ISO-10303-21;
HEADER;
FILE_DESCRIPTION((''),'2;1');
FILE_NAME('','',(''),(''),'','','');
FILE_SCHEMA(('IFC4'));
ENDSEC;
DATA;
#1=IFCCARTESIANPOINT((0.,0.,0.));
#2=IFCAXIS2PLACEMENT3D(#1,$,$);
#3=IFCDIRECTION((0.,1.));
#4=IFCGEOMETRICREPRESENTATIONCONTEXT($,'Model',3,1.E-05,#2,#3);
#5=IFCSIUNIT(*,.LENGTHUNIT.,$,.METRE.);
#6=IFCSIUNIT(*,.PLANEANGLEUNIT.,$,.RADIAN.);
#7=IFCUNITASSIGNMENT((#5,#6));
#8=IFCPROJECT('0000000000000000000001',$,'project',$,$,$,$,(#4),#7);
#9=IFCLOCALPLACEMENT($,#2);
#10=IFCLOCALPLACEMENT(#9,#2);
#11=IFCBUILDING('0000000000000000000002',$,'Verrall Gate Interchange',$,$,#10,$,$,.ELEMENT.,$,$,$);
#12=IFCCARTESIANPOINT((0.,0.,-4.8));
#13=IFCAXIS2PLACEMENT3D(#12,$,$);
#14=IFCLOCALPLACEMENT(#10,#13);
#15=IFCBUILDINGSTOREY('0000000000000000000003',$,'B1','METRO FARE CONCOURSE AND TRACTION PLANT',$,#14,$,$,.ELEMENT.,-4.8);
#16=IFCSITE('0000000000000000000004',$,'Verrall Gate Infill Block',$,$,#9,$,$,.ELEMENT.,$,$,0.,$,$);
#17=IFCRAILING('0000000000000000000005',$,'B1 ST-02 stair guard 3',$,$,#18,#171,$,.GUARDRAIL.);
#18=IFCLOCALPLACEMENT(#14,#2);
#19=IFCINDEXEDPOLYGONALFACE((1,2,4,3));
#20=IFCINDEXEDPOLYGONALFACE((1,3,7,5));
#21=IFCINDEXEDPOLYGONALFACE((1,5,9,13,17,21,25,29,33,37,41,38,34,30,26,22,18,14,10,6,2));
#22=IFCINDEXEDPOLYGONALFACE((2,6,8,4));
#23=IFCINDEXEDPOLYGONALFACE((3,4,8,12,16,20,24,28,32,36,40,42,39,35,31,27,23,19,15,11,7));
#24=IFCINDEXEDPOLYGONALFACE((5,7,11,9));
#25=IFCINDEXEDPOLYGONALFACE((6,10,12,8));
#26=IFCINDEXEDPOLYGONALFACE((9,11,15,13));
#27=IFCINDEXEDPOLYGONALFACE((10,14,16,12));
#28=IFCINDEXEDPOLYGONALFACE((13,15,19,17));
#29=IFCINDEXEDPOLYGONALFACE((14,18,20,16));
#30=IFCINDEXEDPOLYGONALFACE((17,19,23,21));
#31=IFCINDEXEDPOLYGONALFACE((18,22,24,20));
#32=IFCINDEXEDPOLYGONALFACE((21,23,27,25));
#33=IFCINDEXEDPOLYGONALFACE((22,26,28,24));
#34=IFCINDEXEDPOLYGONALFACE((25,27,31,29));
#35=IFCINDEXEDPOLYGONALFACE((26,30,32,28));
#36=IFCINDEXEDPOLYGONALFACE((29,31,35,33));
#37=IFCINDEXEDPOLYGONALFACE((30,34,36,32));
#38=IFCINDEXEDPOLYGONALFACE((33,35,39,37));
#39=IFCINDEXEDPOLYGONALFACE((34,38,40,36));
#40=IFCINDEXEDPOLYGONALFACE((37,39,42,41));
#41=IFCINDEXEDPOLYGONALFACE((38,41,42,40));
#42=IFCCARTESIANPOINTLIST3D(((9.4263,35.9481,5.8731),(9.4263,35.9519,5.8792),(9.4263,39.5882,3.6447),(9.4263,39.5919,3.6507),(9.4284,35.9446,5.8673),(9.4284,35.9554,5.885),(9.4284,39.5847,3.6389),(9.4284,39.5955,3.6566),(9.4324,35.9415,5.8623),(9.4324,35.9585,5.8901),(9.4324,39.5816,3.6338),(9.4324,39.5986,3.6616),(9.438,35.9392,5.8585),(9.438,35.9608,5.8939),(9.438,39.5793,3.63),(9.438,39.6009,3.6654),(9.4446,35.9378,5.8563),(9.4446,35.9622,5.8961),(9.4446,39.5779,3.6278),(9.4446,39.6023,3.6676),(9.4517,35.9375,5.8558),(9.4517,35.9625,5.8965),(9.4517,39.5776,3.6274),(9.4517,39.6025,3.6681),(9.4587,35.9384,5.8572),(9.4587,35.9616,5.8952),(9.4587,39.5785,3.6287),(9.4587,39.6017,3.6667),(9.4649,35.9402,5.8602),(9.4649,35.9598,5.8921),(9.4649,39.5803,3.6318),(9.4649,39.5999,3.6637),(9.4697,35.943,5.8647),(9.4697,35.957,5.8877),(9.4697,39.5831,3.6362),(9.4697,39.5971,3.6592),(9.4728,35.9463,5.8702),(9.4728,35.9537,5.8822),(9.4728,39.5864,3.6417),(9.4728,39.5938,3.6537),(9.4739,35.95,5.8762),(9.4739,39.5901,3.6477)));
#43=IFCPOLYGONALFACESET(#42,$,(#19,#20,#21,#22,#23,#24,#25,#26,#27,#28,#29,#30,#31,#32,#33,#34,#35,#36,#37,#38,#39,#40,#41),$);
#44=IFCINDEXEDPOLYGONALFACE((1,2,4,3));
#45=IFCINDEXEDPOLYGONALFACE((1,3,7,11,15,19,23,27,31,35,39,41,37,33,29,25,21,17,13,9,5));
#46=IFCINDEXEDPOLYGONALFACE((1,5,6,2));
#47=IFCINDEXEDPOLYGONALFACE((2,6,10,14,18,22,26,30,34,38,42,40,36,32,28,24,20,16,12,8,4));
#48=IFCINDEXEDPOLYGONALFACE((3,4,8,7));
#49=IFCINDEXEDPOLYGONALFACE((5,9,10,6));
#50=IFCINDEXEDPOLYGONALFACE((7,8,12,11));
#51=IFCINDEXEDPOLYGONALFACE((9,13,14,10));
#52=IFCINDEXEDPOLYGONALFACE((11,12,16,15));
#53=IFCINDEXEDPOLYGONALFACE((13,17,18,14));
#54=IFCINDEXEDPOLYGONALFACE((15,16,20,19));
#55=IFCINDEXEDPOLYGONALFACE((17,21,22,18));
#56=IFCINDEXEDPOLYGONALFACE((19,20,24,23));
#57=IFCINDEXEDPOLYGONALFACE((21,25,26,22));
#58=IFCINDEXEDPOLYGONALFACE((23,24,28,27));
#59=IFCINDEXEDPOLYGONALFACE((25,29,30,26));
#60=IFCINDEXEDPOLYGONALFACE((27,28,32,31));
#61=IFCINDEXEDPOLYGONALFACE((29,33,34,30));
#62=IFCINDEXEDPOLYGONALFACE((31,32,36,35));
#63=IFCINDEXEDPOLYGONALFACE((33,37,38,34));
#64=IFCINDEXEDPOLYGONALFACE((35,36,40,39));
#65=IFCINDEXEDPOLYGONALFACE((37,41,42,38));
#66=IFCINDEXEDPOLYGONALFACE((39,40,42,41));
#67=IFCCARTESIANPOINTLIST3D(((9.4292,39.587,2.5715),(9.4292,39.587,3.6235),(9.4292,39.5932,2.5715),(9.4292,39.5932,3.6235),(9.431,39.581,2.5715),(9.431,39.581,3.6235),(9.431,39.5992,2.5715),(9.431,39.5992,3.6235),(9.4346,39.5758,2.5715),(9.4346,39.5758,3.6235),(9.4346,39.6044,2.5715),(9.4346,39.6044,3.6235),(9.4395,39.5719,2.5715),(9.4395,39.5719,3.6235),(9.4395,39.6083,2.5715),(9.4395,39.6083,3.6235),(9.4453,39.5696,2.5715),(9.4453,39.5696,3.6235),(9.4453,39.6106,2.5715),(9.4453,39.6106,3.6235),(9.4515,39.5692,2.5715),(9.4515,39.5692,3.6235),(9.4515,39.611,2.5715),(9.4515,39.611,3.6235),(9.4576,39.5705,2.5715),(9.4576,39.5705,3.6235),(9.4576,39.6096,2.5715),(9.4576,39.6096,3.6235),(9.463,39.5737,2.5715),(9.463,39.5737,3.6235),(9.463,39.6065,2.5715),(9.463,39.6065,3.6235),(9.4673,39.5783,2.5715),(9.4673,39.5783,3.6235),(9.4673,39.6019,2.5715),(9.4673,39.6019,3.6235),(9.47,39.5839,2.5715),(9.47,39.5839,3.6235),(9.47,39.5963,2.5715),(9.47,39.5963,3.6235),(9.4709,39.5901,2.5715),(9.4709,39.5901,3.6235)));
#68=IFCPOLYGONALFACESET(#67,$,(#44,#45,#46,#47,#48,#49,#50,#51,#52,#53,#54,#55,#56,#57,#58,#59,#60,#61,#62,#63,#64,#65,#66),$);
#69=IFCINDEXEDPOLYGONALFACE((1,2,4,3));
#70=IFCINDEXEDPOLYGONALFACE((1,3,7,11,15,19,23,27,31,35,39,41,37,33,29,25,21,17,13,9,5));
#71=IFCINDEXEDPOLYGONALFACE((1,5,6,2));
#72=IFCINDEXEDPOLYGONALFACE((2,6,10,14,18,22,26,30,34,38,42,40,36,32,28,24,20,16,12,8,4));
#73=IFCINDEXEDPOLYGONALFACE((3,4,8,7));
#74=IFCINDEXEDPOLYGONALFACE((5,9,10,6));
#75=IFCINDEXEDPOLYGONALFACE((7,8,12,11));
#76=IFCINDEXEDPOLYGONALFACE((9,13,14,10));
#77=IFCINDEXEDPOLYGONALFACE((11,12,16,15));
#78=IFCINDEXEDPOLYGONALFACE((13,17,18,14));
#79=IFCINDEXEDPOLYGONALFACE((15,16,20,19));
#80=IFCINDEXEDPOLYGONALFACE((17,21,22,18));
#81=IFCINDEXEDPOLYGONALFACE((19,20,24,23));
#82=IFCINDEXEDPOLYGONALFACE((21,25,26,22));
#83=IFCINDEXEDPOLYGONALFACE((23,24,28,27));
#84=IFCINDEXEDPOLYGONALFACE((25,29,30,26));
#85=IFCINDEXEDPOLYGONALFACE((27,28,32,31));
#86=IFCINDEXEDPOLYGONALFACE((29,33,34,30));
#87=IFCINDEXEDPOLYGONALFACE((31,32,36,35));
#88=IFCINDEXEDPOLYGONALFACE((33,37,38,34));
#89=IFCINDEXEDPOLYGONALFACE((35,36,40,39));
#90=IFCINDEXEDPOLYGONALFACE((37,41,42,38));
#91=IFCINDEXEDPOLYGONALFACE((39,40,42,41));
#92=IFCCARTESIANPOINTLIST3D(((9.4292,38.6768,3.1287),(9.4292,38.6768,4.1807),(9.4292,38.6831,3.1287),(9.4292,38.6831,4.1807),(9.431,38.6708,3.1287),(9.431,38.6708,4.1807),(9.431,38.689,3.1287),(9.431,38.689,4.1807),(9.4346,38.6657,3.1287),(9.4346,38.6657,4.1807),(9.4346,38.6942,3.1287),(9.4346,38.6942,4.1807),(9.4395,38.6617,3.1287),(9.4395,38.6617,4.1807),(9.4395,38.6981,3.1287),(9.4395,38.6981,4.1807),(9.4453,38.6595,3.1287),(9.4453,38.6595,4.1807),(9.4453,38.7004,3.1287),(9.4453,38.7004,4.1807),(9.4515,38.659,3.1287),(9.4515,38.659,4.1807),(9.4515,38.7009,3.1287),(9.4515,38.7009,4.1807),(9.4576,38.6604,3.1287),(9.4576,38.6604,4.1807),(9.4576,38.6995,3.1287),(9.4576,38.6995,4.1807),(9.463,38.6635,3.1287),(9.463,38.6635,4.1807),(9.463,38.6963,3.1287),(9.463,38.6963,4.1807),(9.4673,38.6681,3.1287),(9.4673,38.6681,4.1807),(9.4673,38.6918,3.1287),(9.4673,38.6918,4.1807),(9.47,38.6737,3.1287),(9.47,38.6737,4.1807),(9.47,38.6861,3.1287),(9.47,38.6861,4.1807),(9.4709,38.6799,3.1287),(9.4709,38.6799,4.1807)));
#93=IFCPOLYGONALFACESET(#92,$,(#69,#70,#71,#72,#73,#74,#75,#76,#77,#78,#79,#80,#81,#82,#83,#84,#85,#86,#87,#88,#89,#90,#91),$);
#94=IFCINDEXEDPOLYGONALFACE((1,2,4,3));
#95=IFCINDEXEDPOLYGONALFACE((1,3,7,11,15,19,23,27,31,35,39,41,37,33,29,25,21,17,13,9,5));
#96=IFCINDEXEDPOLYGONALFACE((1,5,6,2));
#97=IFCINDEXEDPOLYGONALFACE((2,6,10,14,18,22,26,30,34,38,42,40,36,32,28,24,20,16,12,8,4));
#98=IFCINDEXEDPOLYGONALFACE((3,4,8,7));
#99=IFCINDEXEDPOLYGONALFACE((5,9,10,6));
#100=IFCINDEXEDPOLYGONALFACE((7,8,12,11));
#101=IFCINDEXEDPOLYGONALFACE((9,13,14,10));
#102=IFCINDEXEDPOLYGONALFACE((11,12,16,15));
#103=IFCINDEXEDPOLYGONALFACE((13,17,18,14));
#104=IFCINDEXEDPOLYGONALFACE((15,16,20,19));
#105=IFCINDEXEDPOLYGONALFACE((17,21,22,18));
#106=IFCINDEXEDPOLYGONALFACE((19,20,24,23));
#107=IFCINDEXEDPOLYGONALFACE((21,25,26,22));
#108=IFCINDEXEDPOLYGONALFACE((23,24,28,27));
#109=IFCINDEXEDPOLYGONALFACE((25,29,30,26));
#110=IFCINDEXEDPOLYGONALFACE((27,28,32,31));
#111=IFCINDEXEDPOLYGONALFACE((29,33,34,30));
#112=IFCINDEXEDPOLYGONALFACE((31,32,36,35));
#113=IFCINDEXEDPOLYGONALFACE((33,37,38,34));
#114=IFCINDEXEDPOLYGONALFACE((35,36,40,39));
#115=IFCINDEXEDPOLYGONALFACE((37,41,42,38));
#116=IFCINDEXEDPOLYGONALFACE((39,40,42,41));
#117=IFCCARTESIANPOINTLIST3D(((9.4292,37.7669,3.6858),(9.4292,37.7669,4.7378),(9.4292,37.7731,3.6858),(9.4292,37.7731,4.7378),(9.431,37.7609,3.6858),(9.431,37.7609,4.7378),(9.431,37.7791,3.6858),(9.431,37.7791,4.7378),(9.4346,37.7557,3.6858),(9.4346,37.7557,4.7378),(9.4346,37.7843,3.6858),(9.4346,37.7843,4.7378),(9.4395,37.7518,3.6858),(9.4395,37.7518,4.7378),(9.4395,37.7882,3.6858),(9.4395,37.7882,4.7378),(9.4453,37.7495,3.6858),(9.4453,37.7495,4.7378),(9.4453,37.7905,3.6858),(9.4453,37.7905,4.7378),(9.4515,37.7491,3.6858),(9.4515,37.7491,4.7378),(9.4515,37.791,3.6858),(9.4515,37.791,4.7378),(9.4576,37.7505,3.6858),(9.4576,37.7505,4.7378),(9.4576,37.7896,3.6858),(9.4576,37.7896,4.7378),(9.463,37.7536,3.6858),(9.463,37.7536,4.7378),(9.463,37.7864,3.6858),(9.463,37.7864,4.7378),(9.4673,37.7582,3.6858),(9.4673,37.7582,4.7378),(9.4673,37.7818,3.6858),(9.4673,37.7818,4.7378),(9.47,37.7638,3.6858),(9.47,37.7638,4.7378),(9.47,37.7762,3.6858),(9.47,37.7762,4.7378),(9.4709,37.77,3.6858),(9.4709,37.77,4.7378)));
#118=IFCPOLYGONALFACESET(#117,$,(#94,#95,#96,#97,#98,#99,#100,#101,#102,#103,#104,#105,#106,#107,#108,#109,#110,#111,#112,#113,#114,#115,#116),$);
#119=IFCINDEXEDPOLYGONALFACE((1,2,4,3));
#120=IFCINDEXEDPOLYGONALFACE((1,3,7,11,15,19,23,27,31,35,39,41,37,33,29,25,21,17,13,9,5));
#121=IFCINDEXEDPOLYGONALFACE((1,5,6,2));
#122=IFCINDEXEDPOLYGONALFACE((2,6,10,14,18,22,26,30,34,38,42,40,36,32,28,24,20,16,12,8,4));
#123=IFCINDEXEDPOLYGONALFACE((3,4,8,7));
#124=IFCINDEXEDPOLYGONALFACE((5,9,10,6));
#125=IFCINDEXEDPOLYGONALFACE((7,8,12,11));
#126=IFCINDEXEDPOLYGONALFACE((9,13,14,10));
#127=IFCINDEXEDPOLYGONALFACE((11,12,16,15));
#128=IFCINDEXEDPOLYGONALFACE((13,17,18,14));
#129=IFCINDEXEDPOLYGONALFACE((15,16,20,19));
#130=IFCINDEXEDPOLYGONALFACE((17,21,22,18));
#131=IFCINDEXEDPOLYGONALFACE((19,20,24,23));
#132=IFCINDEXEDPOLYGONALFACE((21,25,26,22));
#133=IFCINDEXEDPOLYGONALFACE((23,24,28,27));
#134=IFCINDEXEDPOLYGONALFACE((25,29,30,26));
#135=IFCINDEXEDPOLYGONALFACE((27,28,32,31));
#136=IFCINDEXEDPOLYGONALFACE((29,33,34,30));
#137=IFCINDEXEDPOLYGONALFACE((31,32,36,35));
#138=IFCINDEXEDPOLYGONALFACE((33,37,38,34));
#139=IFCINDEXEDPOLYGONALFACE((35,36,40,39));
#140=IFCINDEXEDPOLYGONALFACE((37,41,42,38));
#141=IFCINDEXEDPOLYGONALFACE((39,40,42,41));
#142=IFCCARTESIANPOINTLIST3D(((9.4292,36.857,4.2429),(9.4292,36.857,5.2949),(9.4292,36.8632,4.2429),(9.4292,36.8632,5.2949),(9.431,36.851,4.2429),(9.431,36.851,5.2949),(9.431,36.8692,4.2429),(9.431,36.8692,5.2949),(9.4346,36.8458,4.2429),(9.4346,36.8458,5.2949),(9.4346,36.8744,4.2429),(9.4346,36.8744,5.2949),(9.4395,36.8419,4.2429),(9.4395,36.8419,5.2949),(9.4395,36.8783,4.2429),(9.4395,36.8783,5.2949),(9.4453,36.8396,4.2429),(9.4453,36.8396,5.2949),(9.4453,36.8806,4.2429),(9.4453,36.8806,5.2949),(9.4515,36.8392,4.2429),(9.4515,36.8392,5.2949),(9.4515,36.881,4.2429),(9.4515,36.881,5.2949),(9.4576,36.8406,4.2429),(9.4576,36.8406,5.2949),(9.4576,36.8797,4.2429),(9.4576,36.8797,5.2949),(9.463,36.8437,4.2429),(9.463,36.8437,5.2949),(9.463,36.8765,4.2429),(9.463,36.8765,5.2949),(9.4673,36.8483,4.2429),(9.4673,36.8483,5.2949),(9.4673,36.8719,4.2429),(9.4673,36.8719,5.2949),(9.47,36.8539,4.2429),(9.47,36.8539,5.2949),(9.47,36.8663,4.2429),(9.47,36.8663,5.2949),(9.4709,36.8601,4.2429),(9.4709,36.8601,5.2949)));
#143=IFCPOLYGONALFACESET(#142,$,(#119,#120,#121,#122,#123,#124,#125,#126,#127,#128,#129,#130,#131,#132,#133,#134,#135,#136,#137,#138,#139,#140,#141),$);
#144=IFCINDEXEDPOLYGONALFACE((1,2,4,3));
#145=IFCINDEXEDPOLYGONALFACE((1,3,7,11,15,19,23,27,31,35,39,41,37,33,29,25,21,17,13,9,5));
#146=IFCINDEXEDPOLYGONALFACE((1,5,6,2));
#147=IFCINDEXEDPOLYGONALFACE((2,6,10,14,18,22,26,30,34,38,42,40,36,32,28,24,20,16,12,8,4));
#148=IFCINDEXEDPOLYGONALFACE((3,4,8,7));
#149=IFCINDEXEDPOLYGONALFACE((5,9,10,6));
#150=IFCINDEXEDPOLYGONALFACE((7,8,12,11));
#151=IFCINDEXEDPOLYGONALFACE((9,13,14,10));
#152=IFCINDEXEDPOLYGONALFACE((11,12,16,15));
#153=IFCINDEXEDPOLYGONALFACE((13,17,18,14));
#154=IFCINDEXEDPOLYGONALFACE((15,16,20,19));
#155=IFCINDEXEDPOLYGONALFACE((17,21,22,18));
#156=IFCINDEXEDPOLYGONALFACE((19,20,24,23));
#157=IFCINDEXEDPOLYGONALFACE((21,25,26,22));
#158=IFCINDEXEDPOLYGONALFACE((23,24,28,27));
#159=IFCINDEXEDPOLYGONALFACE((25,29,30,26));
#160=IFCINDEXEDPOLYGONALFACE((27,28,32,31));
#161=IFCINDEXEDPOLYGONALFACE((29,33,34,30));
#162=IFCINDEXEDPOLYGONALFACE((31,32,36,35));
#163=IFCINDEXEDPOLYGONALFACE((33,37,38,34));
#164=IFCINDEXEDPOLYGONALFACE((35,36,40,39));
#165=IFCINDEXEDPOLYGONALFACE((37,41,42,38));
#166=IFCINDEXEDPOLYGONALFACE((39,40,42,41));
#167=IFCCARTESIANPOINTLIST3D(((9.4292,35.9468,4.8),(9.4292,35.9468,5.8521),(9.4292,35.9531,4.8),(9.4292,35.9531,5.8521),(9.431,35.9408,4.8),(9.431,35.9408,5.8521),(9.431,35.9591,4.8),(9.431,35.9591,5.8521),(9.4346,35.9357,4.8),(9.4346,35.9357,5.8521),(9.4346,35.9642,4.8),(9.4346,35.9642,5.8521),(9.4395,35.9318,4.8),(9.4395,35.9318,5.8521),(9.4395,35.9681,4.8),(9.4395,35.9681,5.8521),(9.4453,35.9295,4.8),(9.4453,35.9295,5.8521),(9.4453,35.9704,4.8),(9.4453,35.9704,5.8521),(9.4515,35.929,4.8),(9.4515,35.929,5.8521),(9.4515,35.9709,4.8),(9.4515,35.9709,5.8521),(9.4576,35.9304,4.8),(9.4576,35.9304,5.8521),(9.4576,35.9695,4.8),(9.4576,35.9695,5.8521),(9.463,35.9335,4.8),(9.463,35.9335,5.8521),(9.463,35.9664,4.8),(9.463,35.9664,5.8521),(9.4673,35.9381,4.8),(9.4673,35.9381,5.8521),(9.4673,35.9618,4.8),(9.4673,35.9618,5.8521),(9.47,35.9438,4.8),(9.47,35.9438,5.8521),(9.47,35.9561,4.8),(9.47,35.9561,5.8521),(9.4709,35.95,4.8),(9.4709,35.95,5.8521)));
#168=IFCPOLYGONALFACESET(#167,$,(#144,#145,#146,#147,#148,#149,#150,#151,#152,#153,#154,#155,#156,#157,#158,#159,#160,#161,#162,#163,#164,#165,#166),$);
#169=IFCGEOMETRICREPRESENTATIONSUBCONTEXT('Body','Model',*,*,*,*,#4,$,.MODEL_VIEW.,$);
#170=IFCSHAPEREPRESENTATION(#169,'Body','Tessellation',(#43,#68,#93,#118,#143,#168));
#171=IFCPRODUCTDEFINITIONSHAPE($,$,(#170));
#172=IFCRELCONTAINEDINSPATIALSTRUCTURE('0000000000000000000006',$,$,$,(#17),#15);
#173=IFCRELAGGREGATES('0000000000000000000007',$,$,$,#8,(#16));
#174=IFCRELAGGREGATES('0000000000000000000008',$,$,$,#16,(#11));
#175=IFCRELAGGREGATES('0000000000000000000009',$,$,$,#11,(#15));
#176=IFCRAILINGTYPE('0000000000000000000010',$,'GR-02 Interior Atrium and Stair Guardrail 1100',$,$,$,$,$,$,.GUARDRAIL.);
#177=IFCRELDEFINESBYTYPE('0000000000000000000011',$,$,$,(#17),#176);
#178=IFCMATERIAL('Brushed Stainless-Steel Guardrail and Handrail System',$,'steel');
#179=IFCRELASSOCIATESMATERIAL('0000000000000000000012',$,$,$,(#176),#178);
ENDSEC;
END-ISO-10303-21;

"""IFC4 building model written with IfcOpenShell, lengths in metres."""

from ifc_helpers import new_model, si_unit, direction, frame, origin, origin_2d, place, context, subcontext, project, spatial, circle, extrude, material, type_object, element, save


model = new_model("IFC4")

# Units and contexts
model_context = context("Model", 3, precision=1e-05, world=origin(), true_north=direction((0.0, 1.0)))
body_context = subcontext(model_context, "Body", "Model", "MODEL_VIEW")
ifc_project = project(units=[si_unit("LENGTHUNIT", "METRE"), si_unit("PLANEANGLEUNIT", "RADIAN")], contexts=[model_context])

# Site, building, storey
site_placement = place(None, origin())
site = spatial("IfcSite", under=ifc_project, at=site_placement, Name="Verrall Gate Infill Block", CompositionType="ELEMENT", RefElevation=0.0)
building_placement = place(site_placement, origin())
building = spatial("IfcBuilding", under=site, at=building_placement, Name="Verrall Gate Interchange", CompositionType="ELEMENT")
storey_placement = place(building_placement, frame((0.0, 0.0, -4.8)))
storey = spatial("IfcBuildingStorey", under=building, at=storey_placement, Name="B1", Description="METRO FARE CONCOURSE AND TRACTION PLANT", CompositionType="ELEMENT", Elevation=-4.8)

# Railing
ifc_material_1 = material(Name="Brushed Stainless-Steel Guardrail and Handrail System", Category="steel")
railing_type_1 = type_object("IfcRailingType", Name="GR-02 Interior Atrium and Stair Guardrail 1100", PredefinedType="GUARDRAIL", material=ifc_material_1)
railing_1_placement = place(storey_placement, frame((9.45, 39.5901, 2.5715)))
element("IfcRailing", 1, at=railing_1_placement, inside=storey, type_object=railing_type_1, Name="B1 ST-02 stair guard 3", PredefinedType="GUARDRAIL", context=body_context, shape_type="SweptSolid", body=[
    extrude(circle(Radius=0.0239, at=origin_2d()), frame((0.0, 0.0, 1.0762), z_axis=(0.0, -0.852866, 0.52213), x_axis=(1.0, 0.0, 0.0)), (0.0, 0.0, 1.0), 4.2681),
    extrude(circle(Radius=0.021, at=origin_2d()), origin(), (0.0, 0.0, 1.0), 1.052),
    extrude(circle(Radius=0.021, at=origin_2d()), frame((0.0, -0.9102, 0.5571)), (0.0, 0.0, 1.0), 1.052),
    extrude(circle(Radius=0.021, at=origin_2d()), frame((0.0, -1.8201, 1.1143)), (0.0, 0.0, 1.0), 1.052),
    extrude(circle(Radius=0.021, at=origin_2d()), frame((0.0, -2.73, 1.6714)), (0.0, 0.0, 1.0), 1.052),
    extrude(circle(Radius=0.021, at=origin_2d()), frame((0.0, -3.6401, 2.2285)), (0.0, 0.0, 1.0), 1.052),
])

save(model, "model.ifc")
